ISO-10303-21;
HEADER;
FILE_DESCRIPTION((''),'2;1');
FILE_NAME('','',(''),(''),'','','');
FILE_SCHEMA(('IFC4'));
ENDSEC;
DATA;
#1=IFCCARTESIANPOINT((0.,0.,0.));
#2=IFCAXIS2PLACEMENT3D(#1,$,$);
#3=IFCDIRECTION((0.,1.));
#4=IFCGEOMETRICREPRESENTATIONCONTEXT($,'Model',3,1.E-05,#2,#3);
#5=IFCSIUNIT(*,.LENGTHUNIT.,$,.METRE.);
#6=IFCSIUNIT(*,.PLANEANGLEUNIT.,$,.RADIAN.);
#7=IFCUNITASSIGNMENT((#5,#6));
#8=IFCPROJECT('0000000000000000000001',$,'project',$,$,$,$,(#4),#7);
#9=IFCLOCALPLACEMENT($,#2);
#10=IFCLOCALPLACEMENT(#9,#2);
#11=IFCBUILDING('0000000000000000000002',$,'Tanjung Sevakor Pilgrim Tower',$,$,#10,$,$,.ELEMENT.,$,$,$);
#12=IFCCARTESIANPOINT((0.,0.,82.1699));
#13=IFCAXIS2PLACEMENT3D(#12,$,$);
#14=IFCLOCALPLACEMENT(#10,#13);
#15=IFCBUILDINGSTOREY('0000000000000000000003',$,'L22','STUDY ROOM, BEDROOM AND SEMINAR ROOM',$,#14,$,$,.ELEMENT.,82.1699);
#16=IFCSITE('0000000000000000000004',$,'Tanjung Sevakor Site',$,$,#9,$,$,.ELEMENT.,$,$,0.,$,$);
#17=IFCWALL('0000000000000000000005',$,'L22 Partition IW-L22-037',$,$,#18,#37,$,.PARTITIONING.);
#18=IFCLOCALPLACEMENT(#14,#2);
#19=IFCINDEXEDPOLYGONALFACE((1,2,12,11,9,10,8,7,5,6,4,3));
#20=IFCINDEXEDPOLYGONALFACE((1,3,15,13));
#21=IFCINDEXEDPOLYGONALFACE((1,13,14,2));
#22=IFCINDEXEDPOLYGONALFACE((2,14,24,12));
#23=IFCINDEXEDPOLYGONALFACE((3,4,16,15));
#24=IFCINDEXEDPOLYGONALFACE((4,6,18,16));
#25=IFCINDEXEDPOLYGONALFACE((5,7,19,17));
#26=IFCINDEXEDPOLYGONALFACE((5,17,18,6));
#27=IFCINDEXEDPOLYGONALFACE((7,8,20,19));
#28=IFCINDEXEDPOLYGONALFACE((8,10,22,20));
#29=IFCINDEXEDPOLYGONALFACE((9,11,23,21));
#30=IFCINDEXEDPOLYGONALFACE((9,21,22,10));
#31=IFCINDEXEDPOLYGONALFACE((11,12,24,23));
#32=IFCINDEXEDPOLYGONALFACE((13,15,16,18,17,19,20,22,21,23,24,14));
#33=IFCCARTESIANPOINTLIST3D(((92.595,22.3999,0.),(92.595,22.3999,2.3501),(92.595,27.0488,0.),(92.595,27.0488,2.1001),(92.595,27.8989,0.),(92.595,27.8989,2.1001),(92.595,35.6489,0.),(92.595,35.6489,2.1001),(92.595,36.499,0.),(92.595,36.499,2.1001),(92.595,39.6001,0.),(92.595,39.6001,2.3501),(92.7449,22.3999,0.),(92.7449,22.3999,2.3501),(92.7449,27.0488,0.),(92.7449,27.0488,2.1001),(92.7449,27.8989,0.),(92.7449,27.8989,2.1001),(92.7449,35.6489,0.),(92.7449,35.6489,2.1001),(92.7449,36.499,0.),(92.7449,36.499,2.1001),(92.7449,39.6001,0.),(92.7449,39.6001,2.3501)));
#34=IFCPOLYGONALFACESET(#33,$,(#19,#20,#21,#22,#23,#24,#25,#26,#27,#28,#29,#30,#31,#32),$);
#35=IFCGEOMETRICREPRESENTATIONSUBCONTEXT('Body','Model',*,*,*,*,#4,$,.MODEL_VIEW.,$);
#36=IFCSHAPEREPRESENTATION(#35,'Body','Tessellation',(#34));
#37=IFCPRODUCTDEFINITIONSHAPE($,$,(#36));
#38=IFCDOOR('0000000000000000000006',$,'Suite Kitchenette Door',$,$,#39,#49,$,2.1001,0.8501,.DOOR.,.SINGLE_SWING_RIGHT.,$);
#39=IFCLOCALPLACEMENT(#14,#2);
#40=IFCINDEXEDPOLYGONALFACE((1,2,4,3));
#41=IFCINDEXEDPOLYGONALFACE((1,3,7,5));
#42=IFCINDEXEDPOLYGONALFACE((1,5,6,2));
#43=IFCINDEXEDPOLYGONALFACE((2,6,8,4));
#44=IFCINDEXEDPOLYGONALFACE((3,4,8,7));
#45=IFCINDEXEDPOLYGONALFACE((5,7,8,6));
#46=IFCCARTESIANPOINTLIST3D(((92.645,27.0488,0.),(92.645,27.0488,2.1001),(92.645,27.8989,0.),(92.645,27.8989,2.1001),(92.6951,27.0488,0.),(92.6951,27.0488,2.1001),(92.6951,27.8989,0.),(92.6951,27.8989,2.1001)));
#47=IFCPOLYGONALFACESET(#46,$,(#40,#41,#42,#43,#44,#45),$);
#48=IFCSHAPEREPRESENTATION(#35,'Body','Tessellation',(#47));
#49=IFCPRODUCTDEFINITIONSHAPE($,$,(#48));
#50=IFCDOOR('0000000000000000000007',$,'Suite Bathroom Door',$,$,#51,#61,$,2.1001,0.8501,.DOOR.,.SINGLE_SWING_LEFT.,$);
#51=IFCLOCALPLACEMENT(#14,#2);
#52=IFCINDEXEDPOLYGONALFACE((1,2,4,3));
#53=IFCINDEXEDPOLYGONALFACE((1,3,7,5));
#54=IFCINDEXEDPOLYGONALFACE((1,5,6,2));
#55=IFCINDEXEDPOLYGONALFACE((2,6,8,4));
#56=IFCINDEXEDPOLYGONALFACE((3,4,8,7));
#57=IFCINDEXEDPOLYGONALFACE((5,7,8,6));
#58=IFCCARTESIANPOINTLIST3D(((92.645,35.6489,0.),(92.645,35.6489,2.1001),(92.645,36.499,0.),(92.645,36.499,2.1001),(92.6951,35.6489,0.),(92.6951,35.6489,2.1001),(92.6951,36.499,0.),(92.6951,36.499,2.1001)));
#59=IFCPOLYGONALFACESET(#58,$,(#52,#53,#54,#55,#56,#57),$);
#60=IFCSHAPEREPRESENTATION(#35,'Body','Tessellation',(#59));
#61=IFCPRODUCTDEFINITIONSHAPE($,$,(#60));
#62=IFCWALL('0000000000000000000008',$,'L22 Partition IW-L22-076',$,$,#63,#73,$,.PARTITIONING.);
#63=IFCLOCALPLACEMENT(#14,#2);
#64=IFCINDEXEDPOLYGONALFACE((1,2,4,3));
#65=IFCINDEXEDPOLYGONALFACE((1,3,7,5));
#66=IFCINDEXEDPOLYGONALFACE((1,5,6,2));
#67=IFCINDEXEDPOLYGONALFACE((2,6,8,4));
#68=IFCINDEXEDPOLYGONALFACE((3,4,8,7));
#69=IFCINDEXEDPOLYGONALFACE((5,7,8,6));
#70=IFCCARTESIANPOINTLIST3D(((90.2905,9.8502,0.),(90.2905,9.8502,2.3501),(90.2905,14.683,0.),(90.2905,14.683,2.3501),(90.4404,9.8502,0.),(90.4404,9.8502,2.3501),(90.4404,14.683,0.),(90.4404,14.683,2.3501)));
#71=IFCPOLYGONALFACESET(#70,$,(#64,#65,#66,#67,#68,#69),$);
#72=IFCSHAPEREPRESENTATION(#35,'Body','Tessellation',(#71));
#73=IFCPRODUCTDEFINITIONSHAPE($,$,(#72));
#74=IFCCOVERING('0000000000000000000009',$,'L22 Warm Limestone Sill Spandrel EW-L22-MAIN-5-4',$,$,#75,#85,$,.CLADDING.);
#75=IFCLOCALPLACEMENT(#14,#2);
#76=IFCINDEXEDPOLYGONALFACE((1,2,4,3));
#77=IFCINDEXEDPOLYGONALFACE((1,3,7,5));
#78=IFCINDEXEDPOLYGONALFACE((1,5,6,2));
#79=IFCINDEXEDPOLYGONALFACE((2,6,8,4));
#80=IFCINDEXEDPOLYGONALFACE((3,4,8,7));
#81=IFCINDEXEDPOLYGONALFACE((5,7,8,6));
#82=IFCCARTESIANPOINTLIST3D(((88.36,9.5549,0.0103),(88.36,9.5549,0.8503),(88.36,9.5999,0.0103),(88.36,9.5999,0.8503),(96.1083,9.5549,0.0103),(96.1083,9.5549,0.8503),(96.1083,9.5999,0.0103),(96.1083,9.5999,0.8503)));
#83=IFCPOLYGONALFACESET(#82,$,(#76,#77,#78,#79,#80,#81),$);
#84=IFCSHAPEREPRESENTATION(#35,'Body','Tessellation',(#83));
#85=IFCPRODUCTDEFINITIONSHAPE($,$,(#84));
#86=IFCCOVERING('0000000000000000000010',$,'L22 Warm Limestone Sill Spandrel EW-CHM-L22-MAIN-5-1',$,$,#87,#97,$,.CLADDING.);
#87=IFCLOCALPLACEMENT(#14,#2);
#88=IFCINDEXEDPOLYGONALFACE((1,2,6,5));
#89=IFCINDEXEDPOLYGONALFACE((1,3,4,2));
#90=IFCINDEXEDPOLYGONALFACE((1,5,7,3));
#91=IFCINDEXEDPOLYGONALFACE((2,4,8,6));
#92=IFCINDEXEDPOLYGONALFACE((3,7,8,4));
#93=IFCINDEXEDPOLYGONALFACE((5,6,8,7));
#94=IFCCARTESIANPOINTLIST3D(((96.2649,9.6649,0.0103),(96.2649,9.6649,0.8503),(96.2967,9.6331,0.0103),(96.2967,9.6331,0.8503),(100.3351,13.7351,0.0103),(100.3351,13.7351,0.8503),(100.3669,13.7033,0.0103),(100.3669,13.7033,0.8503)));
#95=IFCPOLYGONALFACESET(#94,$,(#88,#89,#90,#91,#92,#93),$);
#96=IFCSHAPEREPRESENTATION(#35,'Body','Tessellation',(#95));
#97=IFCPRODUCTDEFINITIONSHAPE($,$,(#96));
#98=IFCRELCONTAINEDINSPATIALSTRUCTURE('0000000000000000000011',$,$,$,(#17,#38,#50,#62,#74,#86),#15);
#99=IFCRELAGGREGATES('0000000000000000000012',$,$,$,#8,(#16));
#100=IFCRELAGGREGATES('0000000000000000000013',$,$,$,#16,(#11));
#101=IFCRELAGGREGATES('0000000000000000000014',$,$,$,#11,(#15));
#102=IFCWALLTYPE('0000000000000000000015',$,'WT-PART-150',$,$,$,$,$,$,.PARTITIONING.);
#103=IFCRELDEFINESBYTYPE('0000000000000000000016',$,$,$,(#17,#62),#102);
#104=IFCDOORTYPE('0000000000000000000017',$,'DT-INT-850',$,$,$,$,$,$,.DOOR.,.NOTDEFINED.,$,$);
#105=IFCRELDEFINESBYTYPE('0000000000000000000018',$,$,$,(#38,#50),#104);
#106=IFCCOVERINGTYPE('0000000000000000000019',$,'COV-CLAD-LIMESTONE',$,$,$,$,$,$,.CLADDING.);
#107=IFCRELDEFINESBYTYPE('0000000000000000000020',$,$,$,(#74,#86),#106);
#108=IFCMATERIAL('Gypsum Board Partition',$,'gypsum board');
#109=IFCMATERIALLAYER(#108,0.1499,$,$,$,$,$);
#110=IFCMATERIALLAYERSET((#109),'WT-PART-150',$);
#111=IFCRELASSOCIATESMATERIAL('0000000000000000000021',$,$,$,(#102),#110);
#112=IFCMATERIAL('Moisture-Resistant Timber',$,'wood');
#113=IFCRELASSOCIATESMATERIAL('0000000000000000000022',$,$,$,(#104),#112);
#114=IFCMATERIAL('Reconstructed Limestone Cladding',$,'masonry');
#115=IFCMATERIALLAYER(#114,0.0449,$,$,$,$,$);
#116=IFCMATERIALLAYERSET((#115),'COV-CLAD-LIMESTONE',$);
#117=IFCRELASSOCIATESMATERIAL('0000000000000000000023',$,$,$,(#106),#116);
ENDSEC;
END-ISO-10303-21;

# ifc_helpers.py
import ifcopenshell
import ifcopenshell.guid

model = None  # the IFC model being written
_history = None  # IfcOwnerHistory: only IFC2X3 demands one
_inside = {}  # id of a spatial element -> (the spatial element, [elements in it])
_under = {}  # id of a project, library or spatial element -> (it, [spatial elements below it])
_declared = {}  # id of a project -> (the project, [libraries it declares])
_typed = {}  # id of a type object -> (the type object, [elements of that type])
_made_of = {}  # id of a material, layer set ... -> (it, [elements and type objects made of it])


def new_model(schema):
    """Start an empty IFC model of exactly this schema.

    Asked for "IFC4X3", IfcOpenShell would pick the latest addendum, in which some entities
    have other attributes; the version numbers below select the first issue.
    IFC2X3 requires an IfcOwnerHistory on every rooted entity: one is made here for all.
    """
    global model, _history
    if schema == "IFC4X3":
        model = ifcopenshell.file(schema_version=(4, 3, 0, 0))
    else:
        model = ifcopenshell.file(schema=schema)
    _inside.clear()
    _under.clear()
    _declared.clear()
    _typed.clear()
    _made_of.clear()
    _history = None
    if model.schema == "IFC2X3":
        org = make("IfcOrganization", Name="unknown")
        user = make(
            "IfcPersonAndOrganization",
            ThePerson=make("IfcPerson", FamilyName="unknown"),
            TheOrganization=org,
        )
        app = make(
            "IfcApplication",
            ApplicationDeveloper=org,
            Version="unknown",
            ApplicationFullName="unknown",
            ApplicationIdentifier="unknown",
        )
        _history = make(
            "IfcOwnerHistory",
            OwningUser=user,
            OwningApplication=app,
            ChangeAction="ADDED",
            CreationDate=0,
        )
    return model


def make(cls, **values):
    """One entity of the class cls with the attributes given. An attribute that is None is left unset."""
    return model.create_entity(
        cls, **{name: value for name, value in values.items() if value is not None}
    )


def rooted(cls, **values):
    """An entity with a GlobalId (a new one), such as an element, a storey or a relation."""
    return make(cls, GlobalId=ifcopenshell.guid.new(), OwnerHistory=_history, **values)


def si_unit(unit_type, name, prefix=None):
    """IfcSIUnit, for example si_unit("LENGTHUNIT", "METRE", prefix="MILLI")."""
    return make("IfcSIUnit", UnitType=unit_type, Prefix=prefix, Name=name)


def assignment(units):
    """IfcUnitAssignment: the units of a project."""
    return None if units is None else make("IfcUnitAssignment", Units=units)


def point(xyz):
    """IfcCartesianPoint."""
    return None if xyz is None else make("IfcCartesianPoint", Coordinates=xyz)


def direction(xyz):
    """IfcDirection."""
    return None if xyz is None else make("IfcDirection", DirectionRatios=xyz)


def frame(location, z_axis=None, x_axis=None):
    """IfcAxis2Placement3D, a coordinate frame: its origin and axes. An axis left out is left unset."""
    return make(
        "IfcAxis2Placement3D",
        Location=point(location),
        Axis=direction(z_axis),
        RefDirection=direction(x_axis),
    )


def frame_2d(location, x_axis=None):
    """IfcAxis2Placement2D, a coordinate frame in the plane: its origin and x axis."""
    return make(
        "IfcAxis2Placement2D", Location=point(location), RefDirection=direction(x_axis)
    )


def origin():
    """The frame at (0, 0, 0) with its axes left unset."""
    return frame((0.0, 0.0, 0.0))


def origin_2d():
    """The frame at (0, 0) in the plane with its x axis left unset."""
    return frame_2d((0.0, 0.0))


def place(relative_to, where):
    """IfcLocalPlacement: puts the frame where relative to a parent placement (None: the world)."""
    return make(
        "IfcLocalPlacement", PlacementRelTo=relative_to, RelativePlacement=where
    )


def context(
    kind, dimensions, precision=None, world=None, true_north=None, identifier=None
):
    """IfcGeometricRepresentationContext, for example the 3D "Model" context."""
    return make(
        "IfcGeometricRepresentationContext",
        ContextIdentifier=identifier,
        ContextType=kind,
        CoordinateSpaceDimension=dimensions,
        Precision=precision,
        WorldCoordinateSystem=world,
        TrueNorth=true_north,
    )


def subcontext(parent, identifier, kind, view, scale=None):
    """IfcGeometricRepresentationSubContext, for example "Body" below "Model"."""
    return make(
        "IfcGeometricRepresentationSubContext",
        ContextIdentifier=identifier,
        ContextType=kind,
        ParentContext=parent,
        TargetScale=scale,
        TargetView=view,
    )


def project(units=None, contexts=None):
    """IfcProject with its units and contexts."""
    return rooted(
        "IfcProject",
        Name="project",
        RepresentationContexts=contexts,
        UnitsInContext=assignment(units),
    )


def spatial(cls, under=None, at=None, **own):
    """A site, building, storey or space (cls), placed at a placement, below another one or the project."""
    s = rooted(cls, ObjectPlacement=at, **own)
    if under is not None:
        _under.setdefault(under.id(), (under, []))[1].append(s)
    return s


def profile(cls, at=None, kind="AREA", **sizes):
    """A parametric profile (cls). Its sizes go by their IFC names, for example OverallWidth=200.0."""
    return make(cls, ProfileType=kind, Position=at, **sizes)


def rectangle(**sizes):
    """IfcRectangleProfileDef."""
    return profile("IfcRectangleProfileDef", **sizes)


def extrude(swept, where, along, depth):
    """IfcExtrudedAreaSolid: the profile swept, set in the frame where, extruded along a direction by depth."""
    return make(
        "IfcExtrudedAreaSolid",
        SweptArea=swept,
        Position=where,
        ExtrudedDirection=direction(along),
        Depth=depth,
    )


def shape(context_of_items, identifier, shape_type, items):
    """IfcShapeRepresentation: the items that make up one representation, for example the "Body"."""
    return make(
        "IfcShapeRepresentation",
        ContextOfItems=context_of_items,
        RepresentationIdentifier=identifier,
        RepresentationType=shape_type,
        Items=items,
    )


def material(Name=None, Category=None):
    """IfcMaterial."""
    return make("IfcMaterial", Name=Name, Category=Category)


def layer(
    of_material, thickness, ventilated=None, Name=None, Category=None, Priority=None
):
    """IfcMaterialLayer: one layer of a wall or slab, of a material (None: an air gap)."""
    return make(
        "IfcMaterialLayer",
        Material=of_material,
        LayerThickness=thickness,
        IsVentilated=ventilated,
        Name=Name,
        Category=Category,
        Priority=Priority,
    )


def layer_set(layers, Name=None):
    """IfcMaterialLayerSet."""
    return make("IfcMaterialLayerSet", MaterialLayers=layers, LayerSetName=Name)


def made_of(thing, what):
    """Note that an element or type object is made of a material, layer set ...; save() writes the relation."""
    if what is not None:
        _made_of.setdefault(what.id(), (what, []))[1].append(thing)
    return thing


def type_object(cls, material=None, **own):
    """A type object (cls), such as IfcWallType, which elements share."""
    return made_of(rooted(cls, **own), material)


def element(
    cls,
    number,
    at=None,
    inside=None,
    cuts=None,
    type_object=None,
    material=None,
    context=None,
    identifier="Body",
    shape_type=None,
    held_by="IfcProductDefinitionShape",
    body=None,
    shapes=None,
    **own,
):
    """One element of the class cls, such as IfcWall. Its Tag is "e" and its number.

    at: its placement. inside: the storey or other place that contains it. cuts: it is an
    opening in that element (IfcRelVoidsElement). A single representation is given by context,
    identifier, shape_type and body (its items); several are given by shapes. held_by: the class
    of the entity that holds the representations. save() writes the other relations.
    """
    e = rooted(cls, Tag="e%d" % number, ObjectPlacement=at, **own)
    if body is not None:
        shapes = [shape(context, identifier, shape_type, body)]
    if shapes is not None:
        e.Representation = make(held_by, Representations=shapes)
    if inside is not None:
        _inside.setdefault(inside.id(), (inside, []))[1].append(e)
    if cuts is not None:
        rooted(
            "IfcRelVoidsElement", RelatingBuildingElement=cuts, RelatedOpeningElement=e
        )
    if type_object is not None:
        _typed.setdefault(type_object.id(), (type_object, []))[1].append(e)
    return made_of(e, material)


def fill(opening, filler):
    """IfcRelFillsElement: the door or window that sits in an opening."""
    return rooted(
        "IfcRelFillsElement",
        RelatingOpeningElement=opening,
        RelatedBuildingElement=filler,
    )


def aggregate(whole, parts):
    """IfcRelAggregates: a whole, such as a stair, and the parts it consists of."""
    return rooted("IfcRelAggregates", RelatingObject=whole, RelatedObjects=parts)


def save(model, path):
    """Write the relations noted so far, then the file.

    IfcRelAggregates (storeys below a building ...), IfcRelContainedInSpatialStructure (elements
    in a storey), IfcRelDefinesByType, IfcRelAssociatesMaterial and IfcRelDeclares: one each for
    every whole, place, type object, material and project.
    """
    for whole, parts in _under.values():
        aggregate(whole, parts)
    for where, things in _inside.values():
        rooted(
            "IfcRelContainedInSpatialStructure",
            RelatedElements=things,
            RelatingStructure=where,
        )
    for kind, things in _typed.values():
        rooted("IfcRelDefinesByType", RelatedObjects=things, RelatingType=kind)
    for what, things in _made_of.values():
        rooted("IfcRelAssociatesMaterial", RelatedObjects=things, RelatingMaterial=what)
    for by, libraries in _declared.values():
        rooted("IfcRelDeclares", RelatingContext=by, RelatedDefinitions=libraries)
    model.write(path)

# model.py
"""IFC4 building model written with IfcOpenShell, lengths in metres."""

from ifc_helpers import new_model, si_unit, direction, frame, frame_2d, origin, origin_2d, place, context, subcontext, project, spatial, rectangle, extrude, material, layer, layer_set, type_object, element, fill, save


model = new_model("IFC4")

# Units and contexts
model_context = context("Model", 3, precision=1e-05, world=origin(), true_north=direction((0.0, 1.0)))
body_context = subcontext(model_context, "Body", "Model", "MODEL_VIEW")
ifc_project = project(units=[si_unit("LENGTHUNIT", "METRE"), si_unit("PLANEANGLEUNIT", "RADIAN")], contexts=[model_context])

# Site, building, storey
site_placement = place(None, origin())
site = spatial("IfcSite", under=ifc_project, at=site_placement, Name="Tanjung Sevakor Site", CompositionType="ELEMENT", RefElevation=0.0)
building_placement = place(site_placement, origin())
building = spatial("IfcBuilding", under=site, at=building_placement, Name="Tanjung Sevakor Pilgrim Tower", CompositionType="ELEMENT")
storey_placement = place(building_placement, frame((0.0, 0.0, 82.1699)))
storey = spatial("IfcBuildingStorey", under=building, at=storey_placement, Name="L22", Description="STUDY ROOM, BEDROOM AND SEMINAR ROOM", CompositionType="ELEMENT", Elevation=82.1699)

# Shared definitions
ifc_material_1 = material(Name="Gypsum Board Partition", Category="gypsum board")
ifc_layer_1 = layer(ifc_material_1, 0.1499)
ifc_layer_set_1 = layer_set([ifc_layer_1], Name="WT-PART-150")
wall_type_1 = type_object("IfcWallType", Name="WT-PART-150", PredefinedType="PARTITIONING", material=ifc_layer_set_1)
ifc_material_2 = material(Name="Moisture-Resistant Timber", Category="wood")
door_type_1 = type_object("IfcDoorType", Name="DT-INT-850", OperationType="NOTDEFINED", PredefinedType="DOOR", material=ifc_material_2)

# Wall, openings, doors
wall_1_placement = place(storey_placement, frame((92.6699, 22.3999, 0.0), z_axis=(0.0, 0.0, 1.0), x_axis=(0.0, 1.0, 0.0)))
wall_1 = element("IfcWall", 1, at=wall_1_placement, inside=storey, type_object=wall_type_1, Name="L22 Partition IW-L22-037", PredefinedType="PARTITIONING", context=body_context, shape_type="SweptSolid", body=[
    extrude(rectangle(XDim=17.2002, YDim=0.1499, at=frame_2d((8.6001, 0.0))), origin(), (0.0, 0.0, 1.0), 2.3501),
])
opening_1_placement = place(wall_1_placement, frame((4.6489, 0.0, 0.0)))
opening_1 = element("IfcOpeningElement", 2, at=opening_1_placement, cuts=wall_1, PredefinedType="OPENING", context=body_context, shape_type="SweptSolid", body=[
    extrude(rectangle(XDim=0.8501, YDim=2.1001, at=frame_2d((0.425, 1.05))), frame((0.0, 0.085, 0.0), z_axis=(0.0, -1.0, 0.0), x_axis=(1.0, 0.0, 0.0)), (0.0, 0.0, 1.0), 0.1699),
])
opening_2_placement = place(wall_1_placement, frame((13.249, 0.0, 0.0)))
opening_2 = element("IfcOpeningElement", 3, at=opening_2_placement, cuts=wall_1, PredefinedType="OPENING", context=body_context, shape_type="SweptSolid", body=[
    extrude(rectangle(XDim=0.8501, YDim=2.1001, at=frame_2d((0.425, 1.05))), frame((0.0, 0.085, 0.0), z_axis=(0.0, -1.0, 0.0), x_axis=(1.0, 0.0, 0.0)), (0.0, 0.0, 1.0), 0.1699),
])
door_1_placement = place(opening_1_placement, origin())
door_1 = element("IfcDoor", 4, at=door_1_placement, inside=storey, type_object=door_type_1, Name="Suite Kitchenette Door", OperationType="SINGLE_SWING_RIGHT", OverallHeight=2.1001, OverallWidth=0.8501, PredefinedType="DOOR", context=body_context, shape_type="SweptSolid", body=[
    extrude(rectangle(XDim=0.8501, YDim=2.1001, at=frame_2d((0.425, 1.05))), frame((0.0, 0.0249, 0.0), z_axis=(0.0, -1.0, 0.0), x_axis=(1.0, 0.0, 0.0)), (0.0, 0.0, 1.0), 0.05),
])
fill(opening_1, door_1)
door_2_placement = place(opening_2_placement, origin())
door_2 = element("IfcDoor", 5, at=door_2_placement, inside=storey, type_object=door_type_1, Name="Suite Bathroom Door", OperationType="SINGLE_SWING_LEFT", OverallHeight=2.1001, OverallWidth=0.8501, PredefinedType="DOOR", context=body_context, shape_type="SweptSolid", body=[
    extrude(rectangle(XDim=0.8501, YDim=2.1001, at=frame_2d((0.425, 1.05))), frame((0.0, 0.0249, 0.0), z_axis=(0.0, -1.0, 0.0), x_axis=(1.0, 0.0, 0.0)), (0.0, 0.0, 1.0), 0.05),
])
fill(opening_2, door_2)

# Wall
wall_2_placement = place(storey_placement, frame((90.3655, 9.8501, 0.0), z_axis=(0.0, 0.0, 1.0), x_axis=(0.0, 1.0, 0.0)))
element("IfcWall", 6, at=wall_2_placement, inside=storey, type_object=wall_type_1, Name="L22 Partition IW-L22-076", PredefinedType="PARTITIONING", context=body_context, shape_type="SweptSolid", body=[
    extrude(rectangle(XDim=4.8328, YDim=0.1499, at=frame_2d((2.4165, 0.0))), origin(), (0.0, 0.0, 1.0), 2.3501),
])

# Coverings
ifc_material_3 = material(Name="Reconstructed Limestone Cladding", Category="masonry")
ifc_layer_2 = layer(ifc_material_3, 0.0449)
ifc_layer_set_2 = layer_set([ifc_layer_2], Name="COV-CLAD-LIMESTONE")
covering_type = type_object("IfcCoveringType", Name="COV-CLAD-LIMESTONE", PredefinedType="CLADDING", material=ifc_layer_set_2)
covering_1_placement = place(storey_placement, frame((92.2341, 9.5774, 0.0103), z_axis=(0.0, 0.0, 1.0), x_axis=(1.0, 0.0, 0.0)))
element("IfcCovering", 7, at=covering_1_placement, inside=storey, type_object=covering_type, Name="L22 Warm Limestone Sill Spandrel EW-L22-MAIN-5-4", PredefinedType="CLADDING", context=body_context, shape_type="SweptSolid", body=[
    extrude(rectangle(XDim=7.7483, YDim=0.0449, at=origin_2d()), origin(), (0.0, 0.0, 1.0), 0.8401),
])
covering_2_placement = place(storey_placement, frame((98.3159, 11.6841, 0.0103), z_axis=(0.0, 0.0, 1.0), x_axis=(0.707107, 0.707107, 0.0)))
element("IfcCovering", 8, at=covering_2_placement, inside=storey, type_object=covering_type, Name="L22 Warm Limestone Sill Spandrel EW-CHM-L22-MAIN-5-1", PredefinedType="CLADDING", context=body_context, shape_type="SweptSolid", body=[
    extrude(rectangle(XDim=5.7561, YDim=0.0449, at=origin_2d()), origin(), (0.0, 0.0, 1.0), 0.8401),
])

save(model, "model.ifc")
